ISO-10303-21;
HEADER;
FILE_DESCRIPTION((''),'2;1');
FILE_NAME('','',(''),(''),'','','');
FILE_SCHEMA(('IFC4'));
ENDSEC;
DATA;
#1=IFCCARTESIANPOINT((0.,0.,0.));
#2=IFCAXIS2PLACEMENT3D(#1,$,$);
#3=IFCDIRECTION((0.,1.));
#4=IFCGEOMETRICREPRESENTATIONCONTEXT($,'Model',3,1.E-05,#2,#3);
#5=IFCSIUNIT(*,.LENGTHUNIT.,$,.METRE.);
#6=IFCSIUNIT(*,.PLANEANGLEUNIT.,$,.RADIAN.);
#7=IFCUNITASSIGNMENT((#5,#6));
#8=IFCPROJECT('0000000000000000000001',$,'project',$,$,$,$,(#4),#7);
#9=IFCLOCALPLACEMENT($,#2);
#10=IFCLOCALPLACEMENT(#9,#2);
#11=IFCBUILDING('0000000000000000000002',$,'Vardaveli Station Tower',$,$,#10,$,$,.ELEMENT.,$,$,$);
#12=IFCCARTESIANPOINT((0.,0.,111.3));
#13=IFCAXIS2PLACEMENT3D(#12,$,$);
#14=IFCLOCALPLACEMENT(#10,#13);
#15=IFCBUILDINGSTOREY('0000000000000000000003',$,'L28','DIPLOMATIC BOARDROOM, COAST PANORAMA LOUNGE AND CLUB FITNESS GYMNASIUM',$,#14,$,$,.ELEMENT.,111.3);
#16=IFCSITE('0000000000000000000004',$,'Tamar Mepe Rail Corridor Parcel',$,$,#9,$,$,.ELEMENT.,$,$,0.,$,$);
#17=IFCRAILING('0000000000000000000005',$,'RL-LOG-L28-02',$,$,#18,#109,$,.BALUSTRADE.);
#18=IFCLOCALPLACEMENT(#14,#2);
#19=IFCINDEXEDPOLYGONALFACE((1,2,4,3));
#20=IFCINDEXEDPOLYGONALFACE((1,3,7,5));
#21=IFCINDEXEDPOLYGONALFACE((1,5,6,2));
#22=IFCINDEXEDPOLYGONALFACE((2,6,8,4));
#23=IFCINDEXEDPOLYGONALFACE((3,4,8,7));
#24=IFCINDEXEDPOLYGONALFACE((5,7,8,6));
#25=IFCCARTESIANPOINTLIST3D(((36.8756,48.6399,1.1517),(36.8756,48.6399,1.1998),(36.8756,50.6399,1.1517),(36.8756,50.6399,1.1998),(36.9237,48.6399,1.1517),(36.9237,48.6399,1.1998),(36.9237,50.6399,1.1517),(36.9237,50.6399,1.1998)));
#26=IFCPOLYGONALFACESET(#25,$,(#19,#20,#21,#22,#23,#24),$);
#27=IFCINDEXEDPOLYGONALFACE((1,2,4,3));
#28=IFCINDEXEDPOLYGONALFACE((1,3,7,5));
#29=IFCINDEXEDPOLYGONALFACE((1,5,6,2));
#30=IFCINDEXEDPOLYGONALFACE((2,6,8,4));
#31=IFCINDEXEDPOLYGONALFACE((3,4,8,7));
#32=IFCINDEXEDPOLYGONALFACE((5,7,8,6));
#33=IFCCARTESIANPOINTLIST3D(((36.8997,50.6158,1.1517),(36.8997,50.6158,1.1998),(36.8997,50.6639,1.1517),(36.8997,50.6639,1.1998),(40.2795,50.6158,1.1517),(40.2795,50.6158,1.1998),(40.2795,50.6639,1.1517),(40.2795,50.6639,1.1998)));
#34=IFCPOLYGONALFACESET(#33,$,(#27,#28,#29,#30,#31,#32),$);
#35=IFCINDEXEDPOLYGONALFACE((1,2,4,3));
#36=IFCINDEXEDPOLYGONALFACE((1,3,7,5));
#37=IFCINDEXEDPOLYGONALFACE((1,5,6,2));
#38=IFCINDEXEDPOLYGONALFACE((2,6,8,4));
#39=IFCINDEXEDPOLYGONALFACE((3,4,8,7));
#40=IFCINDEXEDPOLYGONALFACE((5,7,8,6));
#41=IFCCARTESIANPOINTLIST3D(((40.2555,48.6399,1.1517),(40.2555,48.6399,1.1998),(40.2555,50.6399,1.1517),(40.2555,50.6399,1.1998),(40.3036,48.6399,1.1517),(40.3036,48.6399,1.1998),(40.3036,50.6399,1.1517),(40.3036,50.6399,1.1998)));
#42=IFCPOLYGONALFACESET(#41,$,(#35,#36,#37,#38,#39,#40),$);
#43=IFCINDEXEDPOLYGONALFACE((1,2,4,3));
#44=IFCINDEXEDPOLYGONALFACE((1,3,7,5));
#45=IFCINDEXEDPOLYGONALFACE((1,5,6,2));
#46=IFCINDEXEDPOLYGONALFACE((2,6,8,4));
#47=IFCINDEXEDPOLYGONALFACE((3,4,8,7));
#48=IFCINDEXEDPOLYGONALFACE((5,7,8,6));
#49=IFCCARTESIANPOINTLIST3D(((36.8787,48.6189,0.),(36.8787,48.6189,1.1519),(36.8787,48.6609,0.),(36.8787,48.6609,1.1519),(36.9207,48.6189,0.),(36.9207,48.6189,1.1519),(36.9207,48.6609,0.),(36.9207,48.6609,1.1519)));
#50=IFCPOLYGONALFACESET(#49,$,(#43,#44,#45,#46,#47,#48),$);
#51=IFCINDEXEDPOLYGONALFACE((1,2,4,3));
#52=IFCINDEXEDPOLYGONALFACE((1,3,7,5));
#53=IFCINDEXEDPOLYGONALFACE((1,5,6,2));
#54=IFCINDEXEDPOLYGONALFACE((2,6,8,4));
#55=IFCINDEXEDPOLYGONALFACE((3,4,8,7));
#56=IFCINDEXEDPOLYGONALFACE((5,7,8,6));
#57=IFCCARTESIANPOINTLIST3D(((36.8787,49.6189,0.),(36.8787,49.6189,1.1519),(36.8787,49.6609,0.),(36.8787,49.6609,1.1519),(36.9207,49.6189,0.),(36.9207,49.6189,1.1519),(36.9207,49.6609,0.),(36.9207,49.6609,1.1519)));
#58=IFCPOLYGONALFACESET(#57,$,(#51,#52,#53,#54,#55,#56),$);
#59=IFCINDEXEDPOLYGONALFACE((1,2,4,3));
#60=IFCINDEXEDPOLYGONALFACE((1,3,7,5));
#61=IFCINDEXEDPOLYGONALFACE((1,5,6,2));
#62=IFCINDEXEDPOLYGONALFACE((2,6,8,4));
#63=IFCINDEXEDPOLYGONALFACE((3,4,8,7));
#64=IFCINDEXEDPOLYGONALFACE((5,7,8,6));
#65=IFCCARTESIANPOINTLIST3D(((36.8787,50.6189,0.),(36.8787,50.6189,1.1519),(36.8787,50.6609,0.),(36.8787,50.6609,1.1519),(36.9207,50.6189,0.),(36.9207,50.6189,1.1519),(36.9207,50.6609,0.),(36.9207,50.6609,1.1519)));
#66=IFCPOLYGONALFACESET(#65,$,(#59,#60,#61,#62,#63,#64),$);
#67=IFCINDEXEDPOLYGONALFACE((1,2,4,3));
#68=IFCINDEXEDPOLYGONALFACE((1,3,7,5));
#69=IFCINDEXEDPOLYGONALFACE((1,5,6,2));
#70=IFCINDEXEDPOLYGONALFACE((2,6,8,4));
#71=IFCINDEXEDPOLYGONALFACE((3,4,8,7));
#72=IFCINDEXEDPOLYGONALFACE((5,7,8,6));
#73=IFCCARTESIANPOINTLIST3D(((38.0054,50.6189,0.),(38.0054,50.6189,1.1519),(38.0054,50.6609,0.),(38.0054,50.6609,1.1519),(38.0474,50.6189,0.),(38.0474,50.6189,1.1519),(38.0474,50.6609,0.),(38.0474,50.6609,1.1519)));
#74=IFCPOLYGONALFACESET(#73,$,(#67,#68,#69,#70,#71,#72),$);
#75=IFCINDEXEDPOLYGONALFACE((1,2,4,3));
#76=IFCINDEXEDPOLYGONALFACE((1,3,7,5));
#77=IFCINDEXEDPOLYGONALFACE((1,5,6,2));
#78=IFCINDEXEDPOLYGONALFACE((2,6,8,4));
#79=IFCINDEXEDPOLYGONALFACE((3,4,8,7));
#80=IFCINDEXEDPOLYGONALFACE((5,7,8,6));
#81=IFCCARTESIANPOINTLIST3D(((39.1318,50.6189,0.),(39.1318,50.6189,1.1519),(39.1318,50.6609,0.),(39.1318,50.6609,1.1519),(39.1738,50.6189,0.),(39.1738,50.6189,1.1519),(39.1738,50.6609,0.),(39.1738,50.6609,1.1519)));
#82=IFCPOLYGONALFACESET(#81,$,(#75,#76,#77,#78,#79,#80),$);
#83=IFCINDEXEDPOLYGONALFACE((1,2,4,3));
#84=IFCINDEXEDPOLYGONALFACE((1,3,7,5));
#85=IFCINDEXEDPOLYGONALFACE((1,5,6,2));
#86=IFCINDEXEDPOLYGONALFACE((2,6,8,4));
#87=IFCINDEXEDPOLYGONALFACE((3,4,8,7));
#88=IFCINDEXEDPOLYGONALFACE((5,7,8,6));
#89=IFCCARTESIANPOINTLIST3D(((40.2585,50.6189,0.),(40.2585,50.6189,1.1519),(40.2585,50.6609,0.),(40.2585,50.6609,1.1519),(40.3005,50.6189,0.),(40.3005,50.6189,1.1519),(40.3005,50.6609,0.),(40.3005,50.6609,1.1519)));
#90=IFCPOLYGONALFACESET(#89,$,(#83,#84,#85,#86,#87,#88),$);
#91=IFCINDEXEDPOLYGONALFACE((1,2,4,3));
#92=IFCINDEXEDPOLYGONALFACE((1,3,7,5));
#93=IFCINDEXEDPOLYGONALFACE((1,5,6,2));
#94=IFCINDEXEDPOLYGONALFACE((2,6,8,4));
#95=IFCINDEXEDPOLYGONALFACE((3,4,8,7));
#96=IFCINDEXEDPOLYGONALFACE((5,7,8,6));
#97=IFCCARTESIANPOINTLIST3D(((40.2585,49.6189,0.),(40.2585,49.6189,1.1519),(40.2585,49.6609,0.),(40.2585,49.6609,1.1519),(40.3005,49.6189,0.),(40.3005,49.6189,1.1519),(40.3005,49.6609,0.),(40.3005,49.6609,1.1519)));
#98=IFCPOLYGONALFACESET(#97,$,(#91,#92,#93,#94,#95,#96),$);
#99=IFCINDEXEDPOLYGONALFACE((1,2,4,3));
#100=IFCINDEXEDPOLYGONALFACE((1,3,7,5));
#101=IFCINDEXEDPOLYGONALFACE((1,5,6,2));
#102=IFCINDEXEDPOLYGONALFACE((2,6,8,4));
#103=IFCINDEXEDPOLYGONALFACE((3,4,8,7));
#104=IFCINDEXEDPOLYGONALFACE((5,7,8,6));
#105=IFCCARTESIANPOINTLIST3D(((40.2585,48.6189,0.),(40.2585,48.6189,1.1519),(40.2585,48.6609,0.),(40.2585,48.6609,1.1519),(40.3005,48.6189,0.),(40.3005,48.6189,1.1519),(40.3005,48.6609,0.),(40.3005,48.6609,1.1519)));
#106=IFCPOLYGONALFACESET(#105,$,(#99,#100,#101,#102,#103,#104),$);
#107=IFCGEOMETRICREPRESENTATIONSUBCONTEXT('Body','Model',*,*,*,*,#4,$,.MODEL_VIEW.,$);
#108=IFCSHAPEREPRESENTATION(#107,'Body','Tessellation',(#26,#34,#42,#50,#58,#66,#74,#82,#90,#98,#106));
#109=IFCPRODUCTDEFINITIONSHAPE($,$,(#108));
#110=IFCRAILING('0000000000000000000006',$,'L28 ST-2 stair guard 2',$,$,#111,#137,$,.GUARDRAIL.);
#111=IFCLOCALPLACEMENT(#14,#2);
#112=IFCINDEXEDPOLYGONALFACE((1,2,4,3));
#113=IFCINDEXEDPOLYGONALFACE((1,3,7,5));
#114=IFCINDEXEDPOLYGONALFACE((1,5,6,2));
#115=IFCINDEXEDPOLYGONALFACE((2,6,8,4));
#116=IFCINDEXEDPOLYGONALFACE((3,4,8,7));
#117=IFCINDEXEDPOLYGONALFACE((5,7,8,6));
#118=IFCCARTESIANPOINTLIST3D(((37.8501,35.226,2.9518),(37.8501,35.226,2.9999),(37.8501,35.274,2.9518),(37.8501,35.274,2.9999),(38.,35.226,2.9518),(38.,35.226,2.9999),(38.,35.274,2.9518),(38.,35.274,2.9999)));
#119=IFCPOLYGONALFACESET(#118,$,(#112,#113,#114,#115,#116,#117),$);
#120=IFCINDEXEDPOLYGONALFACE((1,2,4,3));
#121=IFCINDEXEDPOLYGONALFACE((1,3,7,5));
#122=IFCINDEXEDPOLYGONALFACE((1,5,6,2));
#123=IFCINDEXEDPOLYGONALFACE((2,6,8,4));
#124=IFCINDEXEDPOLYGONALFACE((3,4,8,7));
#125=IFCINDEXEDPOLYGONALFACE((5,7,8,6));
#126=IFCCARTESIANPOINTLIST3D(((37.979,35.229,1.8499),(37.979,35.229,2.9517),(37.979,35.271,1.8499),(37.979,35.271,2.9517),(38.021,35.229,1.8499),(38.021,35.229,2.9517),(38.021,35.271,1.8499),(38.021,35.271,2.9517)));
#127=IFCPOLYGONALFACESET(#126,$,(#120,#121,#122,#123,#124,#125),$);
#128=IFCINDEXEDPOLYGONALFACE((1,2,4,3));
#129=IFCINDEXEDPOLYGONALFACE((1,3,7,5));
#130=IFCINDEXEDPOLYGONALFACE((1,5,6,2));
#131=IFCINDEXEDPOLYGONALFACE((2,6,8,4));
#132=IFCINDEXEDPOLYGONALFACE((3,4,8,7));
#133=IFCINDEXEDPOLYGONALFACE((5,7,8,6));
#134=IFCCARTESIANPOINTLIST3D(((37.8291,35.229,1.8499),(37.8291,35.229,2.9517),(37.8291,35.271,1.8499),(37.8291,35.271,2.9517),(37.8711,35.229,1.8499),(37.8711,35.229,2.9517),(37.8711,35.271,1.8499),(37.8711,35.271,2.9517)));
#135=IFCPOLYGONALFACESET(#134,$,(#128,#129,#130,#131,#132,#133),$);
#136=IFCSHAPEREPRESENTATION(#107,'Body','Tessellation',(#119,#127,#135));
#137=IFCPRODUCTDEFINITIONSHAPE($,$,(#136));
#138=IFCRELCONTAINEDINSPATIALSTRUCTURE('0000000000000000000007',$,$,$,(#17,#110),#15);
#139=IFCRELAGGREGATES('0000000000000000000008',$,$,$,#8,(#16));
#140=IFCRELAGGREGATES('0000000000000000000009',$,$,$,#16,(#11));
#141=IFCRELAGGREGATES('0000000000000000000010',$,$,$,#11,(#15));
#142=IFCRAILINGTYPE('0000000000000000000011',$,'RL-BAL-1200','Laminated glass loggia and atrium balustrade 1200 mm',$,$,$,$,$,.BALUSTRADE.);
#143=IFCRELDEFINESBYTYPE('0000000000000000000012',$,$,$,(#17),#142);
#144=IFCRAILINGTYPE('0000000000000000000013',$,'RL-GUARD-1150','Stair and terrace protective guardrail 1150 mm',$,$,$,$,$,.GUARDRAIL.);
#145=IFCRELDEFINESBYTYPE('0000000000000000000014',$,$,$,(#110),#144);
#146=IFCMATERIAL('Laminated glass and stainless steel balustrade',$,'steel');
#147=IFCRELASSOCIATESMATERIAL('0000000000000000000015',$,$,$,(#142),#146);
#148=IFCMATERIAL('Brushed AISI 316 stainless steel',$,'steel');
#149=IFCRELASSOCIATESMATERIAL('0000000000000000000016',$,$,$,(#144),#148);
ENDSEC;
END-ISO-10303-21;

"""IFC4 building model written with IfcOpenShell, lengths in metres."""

from ifc_helpers import new_model, si_unit, direction, frame, origin, origin_2d, place, context, subcontext, project, spatial, rectangle, extrude, source, transform, mapped, material, type_object, element, save


model = new_model("IFC4")

# Units and contexts
model_context = context("Model", 3, precision=1e-05, world=origin(), true_north=direction((0.0, 1.0)))
body_context = subcontext(model_context, "Body", "Model", "MODEL_VIEW")
ifc_project = project(units=[si_unit("LENGTHUNIT", "METRE"), si_unit("PLANEANGLEUNIT", "RADIAN")], contexts=[model_context])

# Site, building, storey
site_placement = place(None, origin())
site = spatial("IfcSite", under=ifc_project, at=site_placement, Name="Tamar Mepe Rail Corridor Parcel", CompositionType="ELEMENT", RefElevation=0.0)
building_placement = place(site_placement, origin())
building = spatial("IfcBuilding", under=site, at=building_placement, Name="Vardaveli Station Tower", CompositionType="ELEMENT")
storey_placement = place(building_placement, frame((0.0, 0.0, 111.3)))
storey = spatial("IfcBuildingStorey", under=building, at=storey_placement, Name="L28", Description="DIPLOMATIC BOARDROOM, COAST PANORAMA LOUNGE AND CLUB FITNESS GYMNASIUM", CompositionType="ELEMENT", Elevation=111.3)

# Railings
ifc_material_1 = material(Name="Laminated glass and stainless steel balustrade", Category="steel")
railing_type_1 = type_object("IfcRailingType", Name="RL-BAL-1200", Description="Laminated glass loggia and atrium balustrade 1200 mm", PredefinedType="BALUSTRADE", material=ifc_material_1)
shared_shape_1 = source(origin(), body_context, "Body", "SweptSolid", [
    extrude(rectangle(XDim=0.0481, YDim=0.0481, at=origin_2d()), frame((0.0, 0.0, 1.1758), z_axis=(0.0, 1.0, 0.0), x_axis=(-1.0, 0.0, 0.0)), (0.0, 0.0, 1.0), 2.0),
    extrude(rectangle(XDim=0.0481, YDim=0.0481, at=origin_2d()), frame((0.0, 2.0, 1.1758), z_axis=(1.0, 0.0, 0.0), x_axis=(0.0, 1.0, 0.0)), (0.0, 0.0, 1.0), 3.3799),
    extrude(rectangle(XDim=0.0481, YDim=0.0481, at=origin_2d()), frame((3.3799, 2.0, 1.1758), z_axis=(0.0, -1.0, 0.0), x_axis=(1.0, 0.0, 0.0)), (0.0, 0.0, 1.0), 2.0),
    extrude(rectangle(XDim=0.042, YDim=0.042, at=origin_2d()), origin(), (0.0, 0.0, 1.0), 1.1519),
    extrude(rectangle(XDim=0.042, YDim=0.042, at=origin_2d()), frame((0.0, 1.0, 0.0)), (0.0, 0.0, 1.0), 1.1519),
    extrude(rectangle(XDim=0.042, YDim=0.042, at=origin_2d()), frame((0.0, 2.0, 0.0)), (0.0, 0.0, 1.0), 1.1519),
    extrude(rectangle(XDim=0.042, YDim=0.042, at=origin_2d()), frame((1.1267, 2.0, 0.0)), (0.0, 0.0, 1.0), 1.1519),
    extrude(rectangle(XDim=0.042, YDim=0.042, at=origin_2d()), frame((2.2532, 2.0, 0.0)), (0.0, 0.0, 1.0), 1.1519),
    extrude(rectangle(XDim=0.042, YDim=0.042, at=origin_2d()), frame((3.3799, 2.0, 0.0)), (0.0, 0.0, 1.0), 1.1519),
    extrude(rectangle(XDim=0.042, YDim=0.042, at=origin_2d()), frame((3.3799, 1.0, 0.0)), (0.0, 0.0, 1.0), 1.1519),
    extrude(rectangle(XDim=0.042, YDim=0.042, at=origin_2d()), frame((3.3799, 0.0, 0.0)), (0.0, 0.0, 1.0), 1.1519),
])
railing_1_placement = place(storey_placement, frame((36.8997, 48.6399, 0.0)))
element("IfcRailing", 1, at=railing_1_placement, inside=storey, type_object=railing_type_1, Name="RL-LOG-L28-02", PredefinedType="BALUSTRADE", context=body_context, shape_type="MappedRepresentation", body=[
    mapped(shared_shape_1, transform((0.0, 0.0, 0.0), scale=1.0)),
])
ifc_material_2 = material(Name="Brushed AISI 316 stainless steel", Category="steel")
railing_type_2 = type_object("IfcRailingType", Name="RL-GUARD-1150", Description="Stair and terrace protective guardrail 1150 mm", PredefinedType="GUARDRAIL", material=ifc_material_2)
shared_shape_2 = source(origin(), body_context, "Body", "SweptSolid", [
    extrude(rectangle(XDim=0.0481, YDim=0.0481, at=origin_2d()), frame((0.0, 0.0, 1.126), z_axis=(-1.0, 0.0, 0.0), x_axis=(0.0, -1.0, 0.0)), (0.0, 0.0, 1.0), 0.1499),
    extrude(rectangle(XDim=0.042, YDim=0.042, at=origin_2d()), origin(), (0.0, 0.0, 1.0), 1.1018),
    extrude(rectangle(XDim=0.042, YDim=0.042, at=origin_2d()), frame((-0.1499, 0.0, 0.0)), (0.0, 0.0, 1.0), 1.1018),
])
railing_2_placement = place(storey_placement, frame((38.0, 35.25, 1.8499)))
element("IfcRailing", 2, at=railing_2_placement, inside=storey, type_object=railing_type_2, Name="L28 ST-2 stair guard 2", PredefinedType="GUARDRAIL", context=body_context, shape_type="MappedRepresentation", body=[
    mapped(shared_shape_2, transform((0.0, 0.0, 0.0), scale=1.0)),
])

save(model, "model.ifc")
